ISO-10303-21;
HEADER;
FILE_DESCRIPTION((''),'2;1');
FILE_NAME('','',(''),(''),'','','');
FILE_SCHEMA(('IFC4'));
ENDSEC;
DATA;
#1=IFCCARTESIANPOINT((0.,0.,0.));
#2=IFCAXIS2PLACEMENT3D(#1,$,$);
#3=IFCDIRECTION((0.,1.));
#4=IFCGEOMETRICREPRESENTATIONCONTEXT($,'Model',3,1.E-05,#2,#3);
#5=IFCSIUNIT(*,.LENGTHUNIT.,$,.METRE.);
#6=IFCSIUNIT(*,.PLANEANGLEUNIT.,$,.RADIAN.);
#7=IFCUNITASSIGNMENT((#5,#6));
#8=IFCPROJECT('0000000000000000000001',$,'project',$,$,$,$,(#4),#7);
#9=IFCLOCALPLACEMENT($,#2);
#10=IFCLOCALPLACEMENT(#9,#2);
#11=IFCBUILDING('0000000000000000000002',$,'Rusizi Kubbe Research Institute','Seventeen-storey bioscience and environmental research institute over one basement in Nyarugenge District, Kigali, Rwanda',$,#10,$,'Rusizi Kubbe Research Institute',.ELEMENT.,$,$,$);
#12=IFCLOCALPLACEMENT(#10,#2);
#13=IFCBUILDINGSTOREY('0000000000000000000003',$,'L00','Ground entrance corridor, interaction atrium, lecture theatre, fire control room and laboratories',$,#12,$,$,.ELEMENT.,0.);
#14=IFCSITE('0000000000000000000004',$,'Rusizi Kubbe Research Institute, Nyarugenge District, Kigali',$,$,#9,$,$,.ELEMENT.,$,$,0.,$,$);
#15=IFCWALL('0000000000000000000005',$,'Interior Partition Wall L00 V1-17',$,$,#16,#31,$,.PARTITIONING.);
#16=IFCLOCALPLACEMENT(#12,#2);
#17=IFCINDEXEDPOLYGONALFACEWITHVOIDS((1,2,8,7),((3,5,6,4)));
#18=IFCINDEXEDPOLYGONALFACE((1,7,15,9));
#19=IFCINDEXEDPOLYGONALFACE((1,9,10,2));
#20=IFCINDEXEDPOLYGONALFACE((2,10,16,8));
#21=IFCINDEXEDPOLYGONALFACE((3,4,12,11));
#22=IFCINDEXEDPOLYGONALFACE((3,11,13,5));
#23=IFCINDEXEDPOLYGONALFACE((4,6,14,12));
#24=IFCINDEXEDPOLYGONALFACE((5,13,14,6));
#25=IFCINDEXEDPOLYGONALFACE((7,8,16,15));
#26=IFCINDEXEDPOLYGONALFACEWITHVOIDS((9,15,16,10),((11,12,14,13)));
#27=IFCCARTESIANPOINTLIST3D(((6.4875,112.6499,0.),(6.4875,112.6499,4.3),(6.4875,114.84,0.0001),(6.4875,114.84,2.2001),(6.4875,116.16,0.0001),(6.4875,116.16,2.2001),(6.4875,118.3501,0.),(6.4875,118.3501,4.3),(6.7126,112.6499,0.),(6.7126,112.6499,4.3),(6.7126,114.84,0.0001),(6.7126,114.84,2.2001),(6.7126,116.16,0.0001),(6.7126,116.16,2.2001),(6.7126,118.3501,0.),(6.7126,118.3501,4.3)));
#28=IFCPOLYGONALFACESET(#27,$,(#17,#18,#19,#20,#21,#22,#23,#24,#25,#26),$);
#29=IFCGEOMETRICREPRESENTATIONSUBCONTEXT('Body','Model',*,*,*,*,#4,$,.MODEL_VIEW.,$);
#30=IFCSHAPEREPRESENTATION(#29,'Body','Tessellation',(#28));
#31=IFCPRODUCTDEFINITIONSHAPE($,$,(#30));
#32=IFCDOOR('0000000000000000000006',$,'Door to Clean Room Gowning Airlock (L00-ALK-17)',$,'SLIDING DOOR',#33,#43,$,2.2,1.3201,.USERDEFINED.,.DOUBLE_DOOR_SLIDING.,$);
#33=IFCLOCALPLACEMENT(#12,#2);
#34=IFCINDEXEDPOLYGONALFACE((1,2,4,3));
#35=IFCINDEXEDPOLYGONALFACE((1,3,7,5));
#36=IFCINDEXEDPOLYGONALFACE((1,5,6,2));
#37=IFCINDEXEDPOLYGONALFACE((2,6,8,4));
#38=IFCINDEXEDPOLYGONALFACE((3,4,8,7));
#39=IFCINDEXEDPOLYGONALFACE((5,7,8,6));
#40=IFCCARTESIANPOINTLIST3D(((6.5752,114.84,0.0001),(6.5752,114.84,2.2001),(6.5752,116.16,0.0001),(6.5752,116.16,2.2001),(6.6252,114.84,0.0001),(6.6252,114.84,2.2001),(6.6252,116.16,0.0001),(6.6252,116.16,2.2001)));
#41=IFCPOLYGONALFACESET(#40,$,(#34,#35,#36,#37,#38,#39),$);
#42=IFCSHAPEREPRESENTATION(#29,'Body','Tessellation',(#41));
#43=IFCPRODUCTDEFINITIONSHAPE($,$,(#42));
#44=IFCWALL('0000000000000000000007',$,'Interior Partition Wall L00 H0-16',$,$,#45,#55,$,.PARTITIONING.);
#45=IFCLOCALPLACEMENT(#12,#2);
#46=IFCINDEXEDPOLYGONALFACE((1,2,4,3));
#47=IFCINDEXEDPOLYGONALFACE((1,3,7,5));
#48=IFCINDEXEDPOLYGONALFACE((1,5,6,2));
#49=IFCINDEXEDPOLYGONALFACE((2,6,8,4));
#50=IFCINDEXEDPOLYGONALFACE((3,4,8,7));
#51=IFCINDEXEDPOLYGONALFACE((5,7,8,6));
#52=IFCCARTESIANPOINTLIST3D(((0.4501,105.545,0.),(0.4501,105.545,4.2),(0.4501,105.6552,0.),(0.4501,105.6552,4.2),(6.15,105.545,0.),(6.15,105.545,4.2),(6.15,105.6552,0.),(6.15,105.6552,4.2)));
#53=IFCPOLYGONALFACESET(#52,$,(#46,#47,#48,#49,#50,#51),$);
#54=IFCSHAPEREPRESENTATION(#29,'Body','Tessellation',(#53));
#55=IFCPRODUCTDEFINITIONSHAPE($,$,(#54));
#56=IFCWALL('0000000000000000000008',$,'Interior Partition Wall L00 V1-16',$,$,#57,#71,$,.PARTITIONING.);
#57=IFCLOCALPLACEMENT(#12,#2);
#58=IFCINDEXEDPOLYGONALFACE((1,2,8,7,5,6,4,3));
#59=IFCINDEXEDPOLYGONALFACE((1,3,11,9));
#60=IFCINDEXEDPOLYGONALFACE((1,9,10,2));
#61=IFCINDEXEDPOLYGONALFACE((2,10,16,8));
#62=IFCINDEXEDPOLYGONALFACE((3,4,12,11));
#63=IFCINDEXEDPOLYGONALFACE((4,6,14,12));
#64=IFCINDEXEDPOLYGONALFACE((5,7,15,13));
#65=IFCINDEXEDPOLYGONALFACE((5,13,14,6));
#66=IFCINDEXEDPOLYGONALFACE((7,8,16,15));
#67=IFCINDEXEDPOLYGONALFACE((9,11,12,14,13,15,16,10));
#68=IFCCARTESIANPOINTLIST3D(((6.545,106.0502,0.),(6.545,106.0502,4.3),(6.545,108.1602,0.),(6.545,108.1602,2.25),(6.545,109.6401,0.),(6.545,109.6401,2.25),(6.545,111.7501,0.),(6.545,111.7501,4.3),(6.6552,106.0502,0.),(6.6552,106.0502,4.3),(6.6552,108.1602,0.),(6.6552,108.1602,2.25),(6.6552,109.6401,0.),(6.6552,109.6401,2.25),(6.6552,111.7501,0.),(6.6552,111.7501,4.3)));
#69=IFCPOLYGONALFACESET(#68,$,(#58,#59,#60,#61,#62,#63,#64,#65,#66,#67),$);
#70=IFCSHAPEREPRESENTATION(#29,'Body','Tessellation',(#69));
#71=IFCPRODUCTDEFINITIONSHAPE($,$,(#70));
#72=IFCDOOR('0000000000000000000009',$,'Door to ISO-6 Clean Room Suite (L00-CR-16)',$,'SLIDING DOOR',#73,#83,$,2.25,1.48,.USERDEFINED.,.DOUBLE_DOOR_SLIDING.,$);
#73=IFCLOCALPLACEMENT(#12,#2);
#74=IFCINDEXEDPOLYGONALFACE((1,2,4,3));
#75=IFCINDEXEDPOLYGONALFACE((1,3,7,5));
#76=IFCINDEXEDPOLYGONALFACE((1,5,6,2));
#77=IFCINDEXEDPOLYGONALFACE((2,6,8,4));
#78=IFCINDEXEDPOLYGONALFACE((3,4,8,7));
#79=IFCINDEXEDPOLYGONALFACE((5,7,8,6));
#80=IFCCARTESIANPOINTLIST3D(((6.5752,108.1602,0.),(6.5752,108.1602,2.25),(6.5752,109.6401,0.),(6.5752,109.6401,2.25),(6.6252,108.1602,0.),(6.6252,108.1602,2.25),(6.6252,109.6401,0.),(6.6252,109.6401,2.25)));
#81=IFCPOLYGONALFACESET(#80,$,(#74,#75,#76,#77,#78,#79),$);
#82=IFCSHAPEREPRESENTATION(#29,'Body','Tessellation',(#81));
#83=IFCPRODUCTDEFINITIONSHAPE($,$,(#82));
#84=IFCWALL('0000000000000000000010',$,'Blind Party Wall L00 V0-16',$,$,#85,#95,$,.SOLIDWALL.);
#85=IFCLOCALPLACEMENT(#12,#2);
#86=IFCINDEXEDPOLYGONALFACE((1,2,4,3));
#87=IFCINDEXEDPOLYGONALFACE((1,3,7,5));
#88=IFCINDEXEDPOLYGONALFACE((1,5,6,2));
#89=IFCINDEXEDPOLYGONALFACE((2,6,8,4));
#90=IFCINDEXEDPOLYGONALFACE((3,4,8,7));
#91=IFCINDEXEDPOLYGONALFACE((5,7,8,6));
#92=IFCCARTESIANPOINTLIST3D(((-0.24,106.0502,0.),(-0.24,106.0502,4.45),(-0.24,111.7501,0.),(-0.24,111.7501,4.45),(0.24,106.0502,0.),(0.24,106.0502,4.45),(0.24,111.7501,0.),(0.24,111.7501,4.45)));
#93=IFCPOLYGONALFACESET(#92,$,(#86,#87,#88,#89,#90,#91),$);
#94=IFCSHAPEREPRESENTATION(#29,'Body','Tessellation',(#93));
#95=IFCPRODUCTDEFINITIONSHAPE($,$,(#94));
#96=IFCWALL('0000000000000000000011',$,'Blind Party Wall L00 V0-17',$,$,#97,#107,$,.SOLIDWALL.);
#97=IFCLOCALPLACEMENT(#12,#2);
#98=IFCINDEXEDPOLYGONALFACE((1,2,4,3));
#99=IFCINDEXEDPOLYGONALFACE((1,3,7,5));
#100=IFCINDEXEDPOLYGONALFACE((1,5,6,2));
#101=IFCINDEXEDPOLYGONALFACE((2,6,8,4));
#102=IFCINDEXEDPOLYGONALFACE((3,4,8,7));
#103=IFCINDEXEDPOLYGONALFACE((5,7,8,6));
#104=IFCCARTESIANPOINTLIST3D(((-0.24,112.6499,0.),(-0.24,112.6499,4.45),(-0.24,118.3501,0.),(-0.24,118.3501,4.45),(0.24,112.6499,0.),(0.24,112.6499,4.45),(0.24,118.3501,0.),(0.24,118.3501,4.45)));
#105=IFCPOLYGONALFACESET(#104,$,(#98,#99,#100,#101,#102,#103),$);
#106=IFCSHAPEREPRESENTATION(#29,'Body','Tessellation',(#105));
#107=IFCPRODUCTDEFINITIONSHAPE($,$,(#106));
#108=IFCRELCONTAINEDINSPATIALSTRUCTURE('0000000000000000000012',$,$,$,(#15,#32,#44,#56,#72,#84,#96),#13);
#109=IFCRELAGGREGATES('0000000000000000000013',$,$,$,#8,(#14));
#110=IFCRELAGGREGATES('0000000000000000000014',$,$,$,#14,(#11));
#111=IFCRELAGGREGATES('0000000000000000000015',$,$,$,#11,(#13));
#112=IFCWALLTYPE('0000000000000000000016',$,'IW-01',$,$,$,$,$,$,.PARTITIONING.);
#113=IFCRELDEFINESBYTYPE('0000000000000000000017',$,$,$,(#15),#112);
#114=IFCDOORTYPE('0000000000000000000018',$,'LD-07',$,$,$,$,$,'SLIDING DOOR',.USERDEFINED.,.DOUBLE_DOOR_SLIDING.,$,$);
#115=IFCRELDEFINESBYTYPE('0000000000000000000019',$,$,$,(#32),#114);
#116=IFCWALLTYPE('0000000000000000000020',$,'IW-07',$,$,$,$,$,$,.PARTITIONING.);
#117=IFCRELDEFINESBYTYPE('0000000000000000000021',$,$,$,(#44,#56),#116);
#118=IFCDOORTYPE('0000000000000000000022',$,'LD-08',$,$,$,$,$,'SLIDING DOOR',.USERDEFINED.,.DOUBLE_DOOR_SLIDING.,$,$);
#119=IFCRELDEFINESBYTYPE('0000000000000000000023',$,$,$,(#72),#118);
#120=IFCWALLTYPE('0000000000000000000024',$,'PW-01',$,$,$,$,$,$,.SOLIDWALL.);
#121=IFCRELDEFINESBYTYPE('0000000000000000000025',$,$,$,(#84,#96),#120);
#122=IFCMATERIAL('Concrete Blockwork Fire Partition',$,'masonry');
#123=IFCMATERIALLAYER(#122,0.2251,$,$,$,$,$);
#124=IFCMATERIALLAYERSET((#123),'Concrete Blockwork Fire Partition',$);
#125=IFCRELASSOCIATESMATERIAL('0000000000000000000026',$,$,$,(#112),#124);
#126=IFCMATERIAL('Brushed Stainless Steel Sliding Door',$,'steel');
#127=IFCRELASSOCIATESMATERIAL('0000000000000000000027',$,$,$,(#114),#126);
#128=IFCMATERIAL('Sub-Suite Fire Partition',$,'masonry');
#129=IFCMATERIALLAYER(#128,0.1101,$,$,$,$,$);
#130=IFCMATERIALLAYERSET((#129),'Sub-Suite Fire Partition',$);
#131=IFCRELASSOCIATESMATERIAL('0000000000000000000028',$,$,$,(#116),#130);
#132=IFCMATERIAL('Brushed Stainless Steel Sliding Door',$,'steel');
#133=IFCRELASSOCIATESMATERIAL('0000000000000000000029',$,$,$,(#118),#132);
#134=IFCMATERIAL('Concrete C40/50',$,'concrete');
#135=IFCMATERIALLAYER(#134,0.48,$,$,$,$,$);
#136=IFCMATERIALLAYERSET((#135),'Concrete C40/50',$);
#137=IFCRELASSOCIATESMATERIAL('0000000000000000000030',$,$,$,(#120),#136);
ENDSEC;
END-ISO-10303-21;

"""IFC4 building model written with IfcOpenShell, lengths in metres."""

from ifc_helpers import new_model, si_unit, direction, frame, frame_2d, origin, place, context, subcontext, project, spatial, rectangle, extrude, material, layer, layer_set, type_object, element, fill, save


model = new_model("IFC4")

# Units and contexts
model_context = context("Model", 3, precision=1e-05, world=origin(), true_north=direction((0.0, 1.0)))
body_context = subcontext(model_context, "Body", "Model", "MODEL_VIEW")
ifc_project = project(units=[si_unit("LENGTHUNIT", "METRE"), si_unit("PLANEANGLEUNIT", "RADIAN")], contexts=[model_context])

# Site, building, storey
site_placement = place(None, origin())
site = spatial("IfcSite", under=ifc_project, at=site_placement, Name="Rusizi Kubbe Research Institute, Nyarugenge District, Kigali", CompositionType="ELEMENT", RefElevation=0.0)
building_placement = place(site_placement, origin())
building = spatial("IfcBuilding", under=site, at=building_placement, Name="Rusizi Kubbe Research Institute", Description="Seventeen-storey bioscience and environmental research institute over one basement in Nyarugenge District, Kigali, Rwanda", LongName="Rusizi Kubbe Research Institute", CompositionType="ELEMENT")
storey_placement = place(building_placement, origin())
storey = spatial("IfcBuildingStorey", under=building, at=storey_placement, Name="L00", Description="Ground entrance corridor, interaction atrium, lecture theatre, fire control room and laboratories", CompositionType="ELEMENT", Elevation=0.0)

# Shared definitions
ifc_material_1 = material(Name="Concrete Blockwork Fire Partition", Category="masonry")
ifc_layer_1 = layer(ifc_material_1, 0.2251)
ifc_layer_set_1 = layer_set([ifc_layer_1], Name="Concrete Blockwork Fire Partition")
wall_type_1 = type_object("IfcWallType", Name="IW-01", PredefinedType="PARTITIONING", material=ifc_layer_set_1)

# Wall, opening, door
wall_1_placement = place(storey_placement, frame((6.6001, 112.6499, 0.0), z_axis=(0.0, 0.0, 1.0), x_axis=(0.0, 1.0, 0.0)))
wall_1 = element("IfcWall", 1, at=wall_1_placement, inside=storey, type_object=wall_type_1, Name="Interior Partition Wall L00 V1-17", PredefinedType="PARTITIONING", context=body_context, shape_type="SweptSolid", body=[
    extrude(rectangle(XDim=5.7002, YDim=0.2251, at=frame_2d((2.8501, 0.0))), origin(), (0.0, 0.0, 1.0), 4.3),
])
opening_1_placement = place(wall_1_placement, frame((2.1899, 0.0, 0.0)))
opening_1 = element("IfcOpeningElement", 2, at=opening_1_placement, cuts=wall_1, PredefinedType="OPENING", context=body_context, shape_type="SweptSolid", body=[
    extrude(rectangle(XDim=1.3201, YDim=2.2, at=frame_2d((0.6602, 1.1001))), frame((0.0, 0.1226, 0.0), z_axis=(0.0, -1.0, 0.0), x_axis=(1.0, 0.0, 0.0)), (0.0, 0.0, 1.0), 0.2451),
])
ifc_material_2 = material(Name="Brushed Stainless Steel Sliding Door", Category="steel")
door_type_1 = type_object("IfcDoorType", Name="LD-07", ElementType="SLIDING DOOR", OperationType="DOUBLE_DOOR_SLIDING", PredefinedType="USERDEFINED", material=ifc_material_2)
door_1_placement = place(opening_1_placement, origin())
door_1 = element("IfcDoor", 3, at=door_1_placement, inside=storey, type_object=door_type_1, Name="Door to Clean Room Gowning Airlock (L00-ALK-17)", ObjectType="SLIDING DOOR", OperationType="DOUBLE_DOOR_SLIDING", OverallHeight=2.2, OverallWidth=1.3201, PredefinedType="USERDEFINED", context=body_context, shape_type="SweptSolid", body=[
    extrude(rectangle(XDim=1.3201, YDim=2.2, at=frame_2d((0.6602, 1.1001))), frame((0.0, 0.0249, 0.0), z_axis=(0.0, -1.0, 0.0), x_axis=(1.0, 0.0, 0.0)), (0.0, 0.0, 1.0), 0.05),
])
fill(opening_1, door_1)

# Wall
ifc_material_3 = material(Name="Sub-Suite Fire Partition", Category="masonry")
ifc_layer_2 = layer(ifc_material_3, 0.1101)
ifc_layer_set_2 = layer_set([ifc_layer_2], Name="Sub-Suite Fire Partition")
wall_type_2 = type_object("IfcWallType", Name="IW-07", PredefinedType="PARTITIONING", material=ifc_layer_set_2)
wall_2_placement = place(storey_placement, frame((0.45, 105.6001, 0.0), z_axis=(0.0, 0.0, 1.0), x_axis=(1.0, 0.0, 0.0)))
element("IfcWall", 4, at=wall_2_placement, inside=storey, type_object=wall_type_2, Name="Interior Partition Wall L00 H0-16", PredefinedType="PARTITIONING", context=body_context, shape_type="SweptSolid", body=[
    extrude(rectangle(XDim=5.7, YDim=0.1101, at=frame_2d((2.8501, 0.0))), origin(), (0.0, 0.0, 1.0), 4.2),
])

# Wall, opening, door
wall_3_placement = place(storey_placement, frame((6.6001, 106.05, 0.0), z_axis=(0.0, 0.0, 1.0), x_axis=(0.0, 1.0, 0.0)))
wall_3 = element("IfcWall", 5, at=wall_3_placement, inside=storey, type_object=wall_type_2, Name="Interior Partition Wall L00 V1-16", PredefinedType="PARTITIONING", context=body_context, shape_type="SweptSolid", body=[
    extrude(rectangle(XDim=5.7, YDim=0.1101, at=frame_2d((2.8501, 0.0))), origin(), (0.0, 0.0, 1.0), 4.3),
])
opening_2_placement = place(wall_3_placement, frame((2.1101, 0.0, 0.0)))
opening_2 = element("IfcOpeningElement", 6, at=opening_2_placement, cuts=wall_3, PredefinedType="OPENING", context=body_context, shape_type="SweptSolid", body=[
    extrude(rectangle(XDim=1.48, YDim=2.25, at=frame_2d((0.74, 1.125))), frame((0.0, 0.0649, 0.0), z_axis=(0.0, -1.0, 0.0), x_axis=(1.0, 0.0, 0.0)), (0.0, 0.0, 1.0), 0.1301),
])
ifc_material_4 = material(Name="Brushed Stainless Steel Sliding Door", Category="steel")
door_type_2 = type_object("IfcDoorType", Name="LD-08", ElementType="SLIDING DOOR", OperationType="DOUBLE_DOOR_SLIDING", PredefinedType="USERDEFINED", material=ifc_material_4)
door_2_placement = place(opening_2_placement, origin())
door_2 = element("IfcDoor", 7, at=door_2_placement, inside=storey, type_object=door_type_2, Name="Door to ISO-6 Clean Room Suite (L00-CR-16)", ObjectType="SLIDING DOOR", OperationType="DOUBLE_DOOR_SLIDING", OverallHeight=2.25, OverallWidth=1.48, PredefinedType="USERDEFINED", context=body_context, shape_type="SweptSolid", body=[
    extrude(rectangle(XDim=1.48, YDim=2.25, at=frame_2d((0.74, 1.125))), frame((0.0, 0.0249, 0.0), z_axis=(0.0, -1.0, 0.0), x_axis=(1.0, 0.0, 0.0)), (0.0, 0.0, 1.0), 0.05),
])
fill(opening_2, door_2)

# Walls
ifc_material_5 = material(Name="Concrete C40/50", Category="concrete")
ifc_layer_3 = layer(ifc_material_5, 0.48)
ifc_layer_set_3 = layer_set([ifc_layer_3], Name="Concrete C40/50")
wall_type_3 = type_object("IfcWallType", Name="PW-01", PredefinedType="SOLIDWALL", material=ifc_layer_set_3)
wall_4_placement = place(storey_placement, frame((0.0, 106.05, 0.0), z_axis=(0.0, 0.0, 1.0), x_axis=(0.0, 1.0, 0.0)))
element("IfcWall", 8, at=wall_4_placement, inside=storey, type_object=wall_type_3, Name="Blind Party Wall L00 V0-16", PredefinedType="SOLIDWALL", context=body_context, shape_type="SweptSolid", body=[
    extrude(rectangle(XDim=5.7, YDim=0.48, at=frame_2d((2.8501, 0.0))), origin(), (0.0, 0.0, 1.0), 4.45),
])
wall_5_placement = place(storey_placement, frame((0.0, 112.6499, 0.0), z_axis=(0.0, 0.0, 1.0), x_axis=(0.0, 1.0, 0.0)))
element("IfcWall", 9, at=wall_5_placement, inside=storey, type_object=wall_type_3, Name="Blind Party Wall L00 V0-17", PredefinedType="SOLIDWALL", context=body_context, shape_type="SweptSolid", body=[
    extrude(rectangle(XDim=5.7002, YDim=0.48, at=frame_2d((2.8501, 0.0))), origin(), (0.0, 0.0, 1.0), 4.45),
])

save(model, "model.ifc")
